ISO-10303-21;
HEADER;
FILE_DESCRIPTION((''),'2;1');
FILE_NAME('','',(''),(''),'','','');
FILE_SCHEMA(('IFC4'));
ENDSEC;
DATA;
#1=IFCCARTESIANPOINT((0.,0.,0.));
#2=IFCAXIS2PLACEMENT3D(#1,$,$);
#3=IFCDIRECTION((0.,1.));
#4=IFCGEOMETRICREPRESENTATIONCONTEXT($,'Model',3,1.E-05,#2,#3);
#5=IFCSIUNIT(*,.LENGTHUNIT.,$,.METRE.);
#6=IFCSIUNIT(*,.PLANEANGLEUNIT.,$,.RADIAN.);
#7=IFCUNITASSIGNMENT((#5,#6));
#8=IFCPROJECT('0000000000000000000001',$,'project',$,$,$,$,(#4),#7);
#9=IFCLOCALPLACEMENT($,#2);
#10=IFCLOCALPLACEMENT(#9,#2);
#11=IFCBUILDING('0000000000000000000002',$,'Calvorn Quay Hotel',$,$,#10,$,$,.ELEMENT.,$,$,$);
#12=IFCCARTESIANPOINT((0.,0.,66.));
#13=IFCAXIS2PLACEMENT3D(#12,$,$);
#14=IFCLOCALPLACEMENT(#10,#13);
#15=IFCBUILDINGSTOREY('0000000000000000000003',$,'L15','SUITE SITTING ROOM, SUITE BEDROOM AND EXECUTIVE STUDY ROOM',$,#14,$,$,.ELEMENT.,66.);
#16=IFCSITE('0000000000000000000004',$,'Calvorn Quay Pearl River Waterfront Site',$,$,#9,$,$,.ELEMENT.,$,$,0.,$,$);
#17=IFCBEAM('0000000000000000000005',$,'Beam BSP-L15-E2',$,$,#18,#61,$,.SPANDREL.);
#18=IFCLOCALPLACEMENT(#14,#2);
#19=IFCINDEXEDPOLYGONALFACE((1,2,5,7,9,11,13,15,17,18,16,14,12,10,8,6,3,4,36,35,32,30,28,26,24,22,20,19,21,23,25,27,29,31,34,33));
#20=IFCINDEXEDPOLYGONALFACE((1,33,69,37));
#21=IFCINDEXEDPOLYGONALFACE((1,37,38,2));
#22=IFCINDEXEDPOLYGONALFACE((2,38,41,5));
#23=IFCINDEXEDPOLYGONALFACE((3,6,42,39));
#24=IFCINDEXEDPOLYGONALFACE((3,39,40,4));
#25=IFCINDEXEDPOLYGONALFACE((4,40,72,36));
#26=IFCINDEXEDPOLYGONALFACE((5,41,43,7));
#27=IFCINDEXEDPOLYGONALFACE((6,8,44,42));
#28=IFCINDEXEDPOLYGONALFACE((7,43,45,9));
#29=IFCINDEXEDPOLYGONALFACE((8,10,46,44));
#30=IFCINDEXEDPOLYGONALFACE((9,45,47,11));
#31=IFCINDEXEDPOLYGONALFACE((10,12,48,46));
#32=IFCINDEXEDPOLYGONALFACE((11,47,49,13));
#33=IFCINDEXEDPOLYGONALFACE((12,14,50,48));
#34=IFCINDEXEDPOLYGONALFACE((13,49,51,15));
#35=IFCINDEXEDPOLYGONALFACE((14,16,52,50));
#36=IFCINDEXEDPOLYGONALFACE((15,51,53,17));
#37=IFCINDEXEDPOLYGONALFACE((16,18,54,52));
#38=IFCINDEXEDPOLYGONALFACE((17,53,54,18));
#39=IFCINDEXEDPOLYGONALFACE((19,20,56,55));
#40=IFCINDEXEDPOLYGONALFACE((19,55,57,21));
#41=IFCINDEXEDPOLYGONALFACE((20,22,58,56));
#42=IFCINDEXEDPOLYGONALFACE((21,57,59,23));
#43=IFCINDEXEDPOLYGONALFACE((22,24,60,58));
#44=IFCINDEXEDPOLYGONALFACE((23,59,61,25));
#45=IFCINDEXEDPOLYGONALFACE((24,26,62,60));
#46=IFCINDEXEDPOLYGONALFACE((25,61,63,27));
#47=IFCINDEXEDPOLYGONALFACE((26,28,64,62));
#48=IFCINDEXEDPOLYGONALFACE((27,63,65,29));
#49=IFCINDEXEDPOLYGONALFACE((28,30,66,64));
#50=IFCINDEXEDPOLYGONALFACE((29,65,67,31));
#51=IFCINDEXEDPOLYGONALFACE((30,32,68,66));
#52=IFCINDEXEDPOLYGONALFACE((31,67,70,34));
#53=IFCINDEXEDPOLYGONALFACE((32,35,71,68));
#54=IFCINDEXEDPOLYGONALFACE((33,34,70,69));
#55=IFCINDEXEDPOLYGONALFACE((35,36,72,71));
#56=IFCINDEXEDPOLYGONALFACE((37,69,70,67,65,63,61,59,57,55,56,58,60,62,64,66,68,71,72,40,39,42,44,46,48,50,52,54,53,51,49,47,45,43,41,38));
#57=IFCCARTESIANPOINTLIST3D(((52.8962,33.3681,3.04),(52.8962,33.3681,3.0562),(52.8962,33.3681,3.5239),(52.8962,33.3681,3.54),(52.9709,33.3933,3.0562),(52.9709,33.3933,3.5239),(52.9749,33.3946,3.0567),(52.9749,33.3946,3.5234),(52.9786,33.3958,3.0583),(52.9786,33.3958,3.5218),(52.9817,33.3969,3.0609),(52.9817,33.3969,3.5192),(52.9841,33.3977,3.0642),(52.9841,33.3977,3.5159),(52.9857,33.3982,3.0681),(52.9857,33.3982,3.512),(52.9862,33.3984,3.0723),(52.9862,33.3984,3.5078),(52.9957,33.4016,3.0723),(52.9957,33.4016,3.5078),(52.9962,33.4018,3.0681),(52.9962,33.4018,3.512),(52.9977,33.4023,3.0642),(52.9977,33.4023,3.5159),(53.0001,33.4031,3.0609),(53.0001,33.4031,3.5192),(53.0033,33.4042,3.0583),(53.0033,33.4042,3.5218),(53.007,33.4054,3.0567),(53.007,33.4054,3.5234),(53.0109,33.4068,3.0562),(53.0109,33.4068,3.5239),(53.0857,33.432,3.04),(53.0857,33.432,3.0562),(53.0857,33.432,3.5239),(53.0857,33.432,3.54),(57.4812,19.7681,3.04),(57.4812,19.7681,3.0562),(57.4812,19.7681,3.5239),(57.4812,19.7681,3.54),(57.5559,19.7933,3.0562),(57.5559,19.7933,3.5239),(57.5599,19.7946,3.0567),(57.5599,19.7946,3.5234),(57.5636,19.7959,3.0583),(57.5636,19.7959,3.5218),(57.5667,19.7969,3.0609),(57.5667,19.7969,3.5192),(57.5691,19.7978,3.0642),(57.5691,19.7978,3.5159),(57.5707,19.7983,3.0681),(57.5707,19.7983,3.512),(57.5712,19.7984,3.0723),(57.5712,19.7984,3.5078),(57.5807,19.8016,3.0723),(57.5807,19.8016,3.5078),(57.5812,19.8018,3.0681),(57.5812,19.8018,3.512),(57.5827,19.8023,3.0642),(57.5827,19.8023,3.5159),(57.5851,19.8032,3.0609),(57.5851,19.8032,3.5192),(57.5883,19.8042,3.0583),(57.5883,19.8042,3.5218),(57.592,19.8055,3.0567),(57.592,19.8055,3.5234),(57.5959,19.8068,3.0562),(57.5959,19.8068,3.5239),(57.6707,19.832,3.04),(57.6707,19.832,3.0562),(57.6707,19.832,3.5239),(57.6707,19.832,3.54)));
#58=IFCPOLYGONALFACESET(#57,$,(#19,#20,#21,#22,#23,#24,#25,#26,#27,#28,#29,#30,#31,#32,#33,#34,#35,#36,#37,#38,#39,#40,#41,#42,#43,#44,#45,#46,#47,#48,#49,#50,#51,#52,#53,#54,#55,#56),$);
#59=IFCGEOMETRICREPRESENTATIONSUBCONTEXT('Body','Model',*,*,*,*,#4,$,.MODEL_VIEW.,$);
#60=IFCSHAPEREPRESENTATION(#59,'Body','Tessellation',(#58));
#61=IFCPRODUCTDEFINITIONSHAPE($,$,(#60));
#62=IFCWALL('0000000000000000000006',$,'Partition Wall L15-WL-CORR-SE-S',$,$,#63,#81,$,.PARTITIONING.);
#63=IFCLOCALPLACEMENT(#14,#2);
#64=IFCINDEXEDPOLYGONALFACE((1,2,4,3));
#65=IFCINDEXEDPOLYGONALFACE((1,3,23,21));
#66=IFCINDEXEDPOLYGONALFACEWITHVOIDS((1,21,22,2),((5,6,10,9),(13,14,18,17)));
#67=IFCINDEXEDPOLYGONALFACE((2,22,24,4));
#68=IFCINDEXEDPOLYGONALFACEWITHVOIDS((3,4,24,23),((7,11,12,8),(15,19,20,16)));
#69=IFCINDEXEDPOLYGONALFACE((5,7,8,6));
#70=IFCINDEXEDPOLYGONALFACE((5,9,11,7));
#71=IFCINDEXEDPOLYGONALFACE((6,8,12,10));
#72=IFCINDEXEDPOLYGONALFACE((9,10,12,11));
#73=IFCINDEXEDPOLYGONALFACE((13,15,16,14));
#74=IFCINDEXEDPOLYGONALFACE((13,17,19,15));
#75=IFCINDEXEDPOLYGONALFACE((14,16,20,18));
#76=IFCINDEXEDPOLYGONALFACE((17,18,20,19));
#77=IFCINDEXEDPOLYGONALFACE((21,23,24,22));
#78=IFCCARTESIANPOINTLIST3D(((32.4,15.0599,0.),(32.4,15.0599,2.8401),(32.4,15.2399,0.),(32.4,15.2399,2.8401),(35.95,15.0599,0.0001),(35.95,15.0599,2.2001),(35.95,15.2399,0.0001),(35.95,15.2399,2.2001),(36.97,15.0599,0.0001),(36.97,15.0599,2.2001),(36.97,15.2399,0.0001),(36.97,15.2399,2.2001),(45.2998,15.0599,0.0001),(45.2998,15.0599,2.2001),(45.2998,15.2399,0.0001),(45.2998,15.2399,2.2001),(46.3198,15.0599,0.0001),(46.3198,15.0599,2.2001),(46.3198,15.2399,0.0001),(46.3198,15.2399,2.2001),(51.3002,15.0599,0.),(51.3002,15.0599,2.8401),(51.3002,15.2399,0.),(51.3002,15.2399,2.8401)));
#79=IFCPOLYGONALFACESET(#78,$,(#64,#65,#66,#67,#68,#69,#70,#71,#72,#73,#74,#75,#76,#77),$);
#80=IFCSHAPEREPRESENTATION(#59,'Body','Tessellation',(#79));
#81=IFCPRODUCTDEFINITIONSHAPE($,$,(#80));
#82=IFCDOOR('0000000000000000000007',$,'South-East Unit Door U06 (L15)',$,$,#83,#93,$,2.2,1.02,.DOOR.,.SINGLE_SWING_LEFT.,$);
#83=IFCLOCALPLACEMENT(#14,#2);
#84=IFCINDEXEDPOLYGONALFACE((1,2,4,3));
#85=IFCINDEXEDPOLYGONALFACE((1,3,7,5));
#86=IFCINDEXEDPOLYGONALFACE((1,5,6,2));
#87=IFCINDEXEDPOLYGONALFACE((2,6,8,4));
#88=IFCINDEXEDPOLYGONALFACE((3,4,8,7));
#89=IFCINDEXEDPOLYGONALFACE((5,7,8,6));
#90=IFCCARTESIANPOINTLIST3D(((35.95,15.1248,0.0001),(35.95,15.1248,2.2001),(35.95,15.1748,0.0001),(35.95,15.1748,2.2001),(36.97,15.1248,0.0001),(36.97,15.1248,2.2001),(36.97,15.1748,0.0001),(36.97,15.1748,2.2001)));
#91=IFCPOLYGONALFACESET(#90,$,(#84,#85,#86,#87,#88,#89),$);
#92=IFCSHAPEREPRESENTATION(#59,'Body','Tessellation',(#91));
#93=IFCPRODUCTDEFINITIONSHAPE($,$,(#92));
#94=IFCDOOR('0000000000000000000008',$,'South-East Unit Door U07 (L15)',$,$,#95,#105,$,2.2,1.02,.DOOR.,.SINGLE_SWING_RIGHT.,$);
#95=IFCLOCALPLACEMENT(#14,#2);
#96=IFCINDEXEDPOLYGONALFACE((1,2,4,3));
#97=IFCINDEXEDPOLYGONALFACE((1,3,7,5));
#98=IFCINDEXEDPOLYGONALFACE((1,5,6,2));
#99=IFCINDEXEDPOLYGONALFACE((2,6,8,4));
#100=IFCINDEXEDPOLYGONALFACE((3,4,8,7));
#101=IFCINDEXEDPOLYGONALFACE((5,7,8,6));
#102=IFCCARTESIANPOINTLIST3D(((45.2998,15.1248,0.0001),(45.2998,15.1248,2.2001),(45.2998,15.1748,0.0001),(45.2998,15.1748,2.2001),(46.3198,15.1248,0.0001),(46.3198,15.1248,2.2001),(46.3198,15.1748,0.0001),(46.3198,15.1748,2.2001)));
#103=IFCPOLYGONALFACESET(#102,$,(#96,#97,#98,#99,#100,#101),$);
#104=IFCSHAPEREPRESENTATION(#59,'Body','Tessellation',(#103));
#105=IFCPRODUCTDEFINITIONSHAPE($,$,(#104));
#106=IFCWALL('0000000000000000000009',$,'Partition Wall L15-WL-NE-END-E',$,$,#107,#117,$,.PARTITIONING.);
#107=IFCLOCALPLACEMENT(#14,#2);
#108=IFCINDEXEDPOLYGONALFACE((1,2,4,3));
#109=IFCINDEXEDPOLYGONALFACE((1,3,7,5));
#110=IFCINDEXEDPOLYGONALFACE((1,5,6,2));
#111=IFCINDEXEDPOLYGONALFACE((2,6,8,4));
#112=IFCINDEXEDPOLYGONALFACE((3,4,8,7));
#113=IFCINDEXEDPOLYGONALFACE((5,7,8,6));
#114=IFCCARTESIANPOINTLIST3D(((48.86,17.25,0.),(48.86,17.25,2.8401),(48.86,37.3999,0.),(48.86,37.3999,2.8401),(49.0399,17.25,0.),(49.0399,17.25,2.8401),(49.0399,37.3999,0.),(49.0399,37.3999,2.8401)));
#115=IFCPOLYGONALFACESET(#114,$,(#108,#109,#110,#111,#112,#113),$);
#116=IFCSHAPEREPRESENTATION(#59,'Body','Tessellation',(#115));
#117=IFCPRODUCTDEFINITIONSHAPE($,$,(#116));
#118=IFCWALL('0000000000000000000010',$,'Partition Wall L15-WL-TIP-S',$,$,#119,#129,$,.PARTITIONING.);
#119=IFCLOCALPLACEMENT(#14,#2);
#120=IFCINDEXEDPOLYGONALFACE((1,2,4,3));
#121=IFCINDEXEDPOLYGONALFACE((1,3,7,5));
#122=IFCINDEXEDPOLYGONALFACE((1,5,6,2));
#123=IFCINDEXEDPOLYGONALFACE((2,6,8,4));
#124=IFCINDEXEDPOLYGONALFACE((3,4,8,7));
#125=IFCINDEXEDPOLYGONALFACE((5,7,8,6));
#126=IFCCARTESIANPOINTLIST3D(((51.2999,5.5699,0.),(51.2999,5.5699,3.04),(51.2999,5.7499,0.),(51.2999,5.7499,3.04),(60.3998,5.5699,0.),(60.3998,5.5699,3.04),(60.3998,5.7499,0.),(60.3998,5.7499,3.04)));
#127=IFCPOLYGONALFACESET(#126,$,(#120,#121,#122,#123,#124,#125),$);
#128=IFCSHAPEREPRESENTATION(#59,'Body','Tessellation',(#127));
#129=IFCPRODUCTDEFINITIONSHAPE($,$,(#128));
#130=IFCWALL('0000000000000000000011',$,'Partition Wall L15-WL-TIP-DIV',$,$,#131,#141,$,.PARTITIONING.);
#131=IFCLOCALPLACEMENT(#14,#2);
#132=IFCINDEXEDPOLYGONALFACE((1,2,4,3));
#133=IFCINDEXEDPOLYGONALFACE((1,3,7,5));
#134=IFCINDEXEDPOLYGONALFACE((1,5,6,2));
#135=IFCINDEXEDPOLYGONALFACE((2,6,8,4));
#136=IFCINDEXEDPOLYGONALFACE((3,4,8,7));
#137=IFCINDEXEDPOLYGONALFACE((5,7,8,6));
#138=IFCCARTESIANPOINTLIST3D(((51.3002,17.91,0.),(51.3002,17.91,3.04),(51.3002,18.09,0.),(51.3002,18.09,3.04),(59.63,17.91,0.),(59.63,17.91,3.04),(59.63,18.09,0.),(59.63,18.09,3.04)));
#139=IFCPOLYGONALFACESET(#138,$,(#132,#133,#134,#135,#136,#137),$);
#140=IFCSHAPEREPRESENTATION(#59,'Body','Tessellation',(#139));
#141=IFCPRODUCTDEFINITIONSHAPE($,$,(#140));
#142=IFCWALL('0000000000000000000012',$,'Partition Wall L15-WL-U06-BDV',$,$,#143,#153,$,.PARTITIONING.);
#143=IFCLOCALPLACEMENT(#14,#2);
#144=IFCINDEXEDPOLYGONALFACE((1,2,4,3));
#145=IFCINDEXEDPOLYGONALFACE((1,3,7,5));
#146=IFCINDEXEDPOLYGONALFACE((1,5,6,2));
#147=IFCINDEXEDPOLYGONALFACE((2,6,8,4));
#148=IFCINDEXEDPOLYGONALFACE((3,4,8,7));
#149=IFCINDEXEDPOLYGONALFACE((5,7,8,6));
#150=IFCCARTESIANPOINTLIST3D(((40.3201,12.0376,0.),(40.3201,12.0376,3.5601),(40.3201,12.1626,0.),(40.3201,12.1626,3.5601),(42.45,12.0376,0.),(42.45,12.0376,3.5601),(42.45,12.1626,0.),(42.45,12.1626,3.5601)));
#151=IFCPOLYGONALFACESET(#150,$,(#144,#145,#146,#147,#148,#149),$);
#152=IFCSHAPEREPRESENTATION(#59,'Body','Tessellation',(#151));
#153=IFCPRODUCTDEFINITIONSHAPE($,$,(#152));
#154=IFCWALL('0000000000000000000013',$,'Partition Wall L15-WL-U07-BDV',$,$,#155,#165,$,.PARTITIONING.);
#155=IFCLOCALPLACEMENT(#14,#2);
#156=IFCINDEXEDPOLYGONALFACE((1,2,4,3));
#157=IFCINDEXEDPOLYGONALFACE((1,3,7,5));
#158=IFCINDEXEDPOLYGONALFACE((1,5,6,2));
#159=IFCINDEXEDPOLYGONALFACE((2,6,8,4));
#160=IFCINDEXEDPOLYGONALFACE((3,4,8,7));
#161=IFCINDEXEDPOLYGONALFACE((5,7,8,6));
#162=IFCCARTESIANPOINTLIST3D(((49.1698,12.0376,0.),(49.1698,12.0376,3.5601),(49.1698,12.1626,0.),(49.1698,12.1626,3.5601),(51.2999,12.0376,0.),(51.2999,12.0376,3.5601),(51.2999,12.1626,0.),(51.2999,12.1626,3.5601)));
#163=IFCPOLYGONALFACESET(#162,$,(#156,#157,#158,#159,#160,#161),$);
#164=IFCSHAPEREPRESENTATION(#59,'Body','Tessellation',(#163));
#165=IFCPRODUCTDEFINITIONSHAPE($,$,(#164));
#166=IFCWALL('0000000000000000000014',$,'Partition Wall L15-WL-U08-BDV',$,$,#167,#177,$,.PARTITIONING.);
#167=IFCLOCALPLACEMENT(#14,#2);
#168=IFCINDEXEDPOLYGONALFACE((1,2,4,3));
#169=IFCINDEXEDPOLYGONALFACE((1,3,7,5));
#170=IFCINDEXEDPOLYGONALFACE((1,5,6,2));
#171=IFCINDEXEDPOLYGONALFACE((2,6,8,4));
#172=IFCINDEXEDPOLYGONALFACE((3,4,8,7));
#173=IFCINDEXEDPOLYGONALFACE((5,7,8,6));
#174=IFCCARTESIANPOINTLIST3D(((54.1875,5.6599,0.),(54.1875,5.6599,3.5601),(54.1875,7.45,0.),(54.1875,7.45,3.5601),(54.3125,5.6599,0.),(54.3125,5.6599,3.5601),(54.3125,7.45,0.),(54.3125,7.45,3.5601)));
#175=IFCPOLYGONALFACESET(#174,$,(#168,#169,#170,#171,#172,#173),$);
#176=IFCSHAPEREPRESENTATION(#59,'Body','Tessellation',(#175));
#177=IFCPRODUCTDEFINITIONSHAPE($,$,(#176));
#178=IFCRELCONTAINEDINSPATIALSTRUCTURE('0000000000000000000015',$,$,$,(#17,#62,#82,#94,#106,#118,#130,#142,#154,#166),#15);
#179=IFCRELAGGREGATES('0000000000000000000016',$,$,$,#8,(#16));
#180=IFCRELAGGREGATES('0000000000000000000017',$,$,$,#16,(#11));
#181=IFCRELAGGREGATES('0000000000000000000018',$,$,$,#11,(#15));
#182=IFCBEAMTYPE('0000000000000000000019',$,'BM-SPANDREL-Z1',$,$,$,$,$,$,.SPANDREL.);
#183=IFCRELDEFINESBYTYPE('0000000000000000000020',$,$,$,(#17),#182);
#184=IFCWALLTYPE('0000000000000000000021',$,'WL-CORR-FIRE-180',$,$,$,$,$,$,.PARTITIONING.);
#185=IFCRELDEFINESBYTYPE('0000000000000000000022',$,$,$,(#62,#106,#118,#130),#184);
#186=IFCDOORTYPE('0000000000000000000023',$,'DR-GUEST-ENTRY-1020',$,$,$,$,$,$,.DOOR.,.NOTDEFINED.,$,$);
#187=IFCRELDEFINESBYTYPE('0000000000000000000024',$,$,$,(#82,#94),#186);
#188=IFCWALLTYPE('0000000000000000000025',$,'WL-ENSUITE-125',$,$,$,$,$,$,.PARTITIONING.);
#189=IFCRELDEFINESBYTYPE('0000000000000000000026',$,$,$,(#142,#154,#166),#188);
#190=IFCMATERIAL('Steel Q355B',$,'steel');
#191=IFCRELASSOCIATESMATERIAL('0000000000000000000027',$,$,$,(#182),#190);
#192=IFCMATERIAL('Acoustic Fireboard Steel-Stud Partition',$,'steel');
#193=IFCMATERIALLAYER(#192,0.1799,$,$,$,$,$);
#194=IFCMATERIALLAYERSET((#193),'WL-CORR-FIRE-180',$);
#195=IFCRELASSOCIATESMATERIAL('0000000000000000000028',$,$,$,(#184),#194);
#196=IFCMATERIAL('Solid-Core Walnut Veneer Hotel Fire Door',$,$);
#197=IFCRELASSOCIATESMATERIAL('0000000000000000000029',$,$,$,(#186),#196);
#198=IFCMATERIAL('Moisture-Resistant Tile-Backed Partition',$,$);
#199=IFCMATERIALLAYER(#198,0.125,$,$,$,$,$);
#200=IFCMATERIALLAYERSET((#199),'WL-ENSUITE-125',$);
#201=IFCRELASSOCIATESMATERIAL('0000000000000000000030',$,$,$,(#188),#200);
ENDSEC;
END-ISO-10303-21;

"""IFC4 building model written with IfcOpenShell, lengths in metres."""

from ifc_helpers import new_model, si_unit, direction, frame, frame_2d, origin, origin_2d, place, context, subcontext, project, spatial, rectangle, i_section, extrude, material, layer, layer_set, material_profile, profile_set, type_object, element, fill, save


model = new_model("IFC4")

# Units and contexts
model_context = context("Model", 3, precision=1e-05, world=origin(), true_north=direction((0.0, 1.0)))
body_context = subcontext(model_context, "Body", "Model", "MODEL_VIEW")
ifc_project = project(units=[si_unit("LENGTHUNIT", "METRE"), si_unit("PLANEANGLEUNIT", "RADIAN")], contexts=[model_context])

# Site, building, storey
site_placement = place(None, origin())
site = spatial("IfcSite", under=ifc_project, at=site_placement, Name="Calvorn Quay Pearl River Waterfront Site", CompositionType="ELEMENT", RefElevation=0.0)
building_placement = place(site_placement, origin())
building = spatial("IfcBuilding", under=site, at=building_placement, Name="Calvorn Quay Hotel", CompositionType="ELEMENT")
storey_placement = place(building_placement, frame((0.0, 0.0, 66.0)))
storey = spatial("IfcBuildingStorey", under=building, at=storey_placement, Name="L15", Description="SUITE SITTING ROOM, SUITE BEDROOM AND EXECUTIVE STUDY ROOM", CompositionType="ELEMENT", Elevation=66.0)

# Beam
ifc_material_1 = material(Name="Steel Q355B", Category="steel")
ifc_material_profile_1 = material_profile(ifc_material_1, i_section(OverallWidth=0.2, OverallDepth=0.5, WebThickness=0.01, FlangeThickness=0.0161, FilletRadius=0.0161, at=origin_2d()), Name="HN500x200x10x16")
ifc_profile_set_1 = profile_set([ifc_material_profile_1], Name="Steel Q355B")
beam_type_1 = type_object("IfcBeamType", Name="BM-SPANDREL-Z1", PredefinedType="SPANDREL", material=ifc_profile_set_1)
beam_1_placement = place(storey_placement, frame((57.5759, 19.8, 3.29), z_axis=(-0.319467, 0.947598, 0.0), x_axis=(-0.947598, -0.319467, 0.0)))
element("IfcBeam", 1, at=beam_1_placement, inside=storey, type_object=beam_type_1, Name="Beam BSP-L15-E2", PredefinedType="SPANDREL", context=body_context, shape_type="SweptSolid", body=[
    extrude(i_section(OverallWidth=0.2, OverallDepth=0.5, WebThickness=0.01, FlangeThickness=0.0161, FilletRadius=0.0161, at=origin_2d()), origin(), (0.0, 0.0, 1.0), 14.3521),
])

# Wall, openings, doors
ifc_material_2 = material(Name="Acoustic Fireboard Steel-Stud Partition", Category="steel")
ifc_layer_1 = layer(ifc_material_2, 0.1799)
ifc_layer_set_1 = layer_set([ifc_layer_1], Name="WL-CORR-FIRE-180")
wall_type_1 = type_object("IfcWallType", Name="WL-CORR-FIRE-180", PredefinedType="PARTITIONING", material=ifc_layer_set_1)
wall_1_placement = place(storey_placement, frame((32.3999, 15.1499, 0.0), z_axis=(0.0, 0.0, 1.0), x_axis=(1.0, 0.0, 0.0)))
wall_1 = element("IfcWall", 2, at=wall_1_placement, inside=storey, type_object=wall_type_1, Name="Partition Wall L15-WL-CORR-SE-S", PredefinedType="PARTITIONING", context=body_context, shape_type="SweptSolid", body=[
    extrude(rectangle(XDim=18.9001, YDim=0.1799, at=frame_2d((9.4502, 0.0))), origin(), (0.0, 0.0, 1.0), 2.8401),
])
opening_1_placement = place(wall_1_placement, frame((3.55, 0.0, 0.0)))
opening_1 = element("IfcOpeningElement", 3, at=opening_1_placement, cuts=wall_1, PredefinedType="OPENING", context=body_context, shape_type="SweptSolid", body=[
    extrude(rectangle(XDim=1.02, YDim=2.2, at=frame_2d((0.51, 1.1001))), frame((0.0, 0.0999, 0.0), z_axis=(0.0, -1.0, 0.0), x_axis=(1.0, 0.0, 0.0)), (0.0, 0.0, 1.0), 0.2),
])
opening_2_placement = place(wall_1_placement, frame((12.8999, 0.0, 0.0)))
opening_2 = element("IfcOpeningElement", 4, at=opening_2_placement, cuts=wall_1, PredefinedType="OPENING", context=body_context, shape_type="SweptSolid", body=[
    extrude(rectangle(XDim=1.02, YDim=2.2, at=frame_2d((0.51, 1.1001))), frame((0.0, 0.0999, 0.0), z_axis=(0.0, -1.0, 0.0), x_axis=(1.0, 0.0, 0.0)), (0.0, 0.0, 1.0), 0.2),
])
ifc_material_3 = material(Name="Solid-Core Walnut Veneer Hotel Fire Door")
door_type_1 = type_object("IfcDoorType", Name="DR-GUEST-ENTRY-1020", OperationType="NOTDEFINED", PredefinedType="DOOR", material=ifc_material_3)
door_1_placement = place(opening_1_placement, origin())
door_1 = element("IfcDoor", 5, at=door_1_placement, inside=storey, type_object=door_type_1, Name="South-East Unit Door U06 (L15)", OperationType="SINGLE_SWING_LEFT", OverallHeight=2.2, OverallWidth=1.02, PredefinedType="DOOR", context=body_context, shape_type="SweptSolid", body=[
    extrude(rectangle(XDim=1.02, YDim=2.2, at=frame_2d((0.51, 1.1001))), frame((0.0, 0.0249, 0.0), z_axis=(0.0, -1.0, 0.0), x_axis=(1.0, 0.0, 0.0)), (0.0, 0.0, 1.0), 0.05),
])
fill(opening_1, door_1)
door_2_placement = place(opening_2_placement, origin())
door_2 = element("IfcDoor", 6, at=door_2_placement, inside=storey, type_object=door_type_1, Name="South-East Unit Door U07 (L15)", OperationType="SINGLE_SWING_RIGHT", OverallHeight=2.2, OverallWidth=1.02, PredefinedType="DOOR", context=body_context, shape_type="SweptSolid", body=[
    extrude(rectangle(XDim=1.02, YDim=2.2, at=frame_2d((0.51, 1.1001))), frame((0.0, 0.0249, 0.0), z_axis=(0.0, -1.0, 0.0), x_axis=(1.0, 0.0, 0.0)), (0.0, 0.0, 1.0), 0.05),
])
fill(opening_2, door_2)

# Walls
wall_2_placement = place(storey_placement, frame((48.95, 17.25, 0.0), z_axis=(0.0, 0.0, 1.0), x_axis=(0.0, 1.0, 0.0)))
element("IfcWall", 7, at=wall_2_placement, inside=storey, type_object=wall_type_1, Name="Partition Wall L15-WL-NE-END-E", PredefinedType="PARTITIONING", context=body_context, shape_type="SweptSolid", body=[
    extrude(rectangle(XDim=20.1499, YDim=0.1799, at=frame_2d((10.075, 0.0))), origin(), (0.0, 0.0, 1.0), 2.8401),
])
wall_3_placement = place(storey_placement, frame((51.3, 5.6599, 0.0), z_axis=(0.0, 0.0, 1.0), x_axis=(1.0, 0.0, 0.0)))
element("IfcWall", 8, at=wall_3_placement, inside=storey, type_object=wall_type_1, Name="Partition Wall L15-WL-TIP-S", PredefinedType="PARTITIONING", context=body_context, shape_type="SweptSolid", body=[
    extrude(rectangle(XDim=9.0999, YDim=0.1799, at=frame_2d((4.5498, 0.0))), origin(), (0.0, 0.0, 1.0), 3.04),
])
wall_4_placement = place(storey_placement, frame((51.3, 18.0, 0.0), z_axis=(0.0, 0.0, 1.0), x_axis=(1.0, 0.0, 0.0)))
element("IfcWall", 9, at=wall_4_placement, inside=storey, type_object=wall_type_1, Name="Partition Wall L15-WL-TIP-DIV", PredefinedType="PARTITIONING", context=body_context, shape_type="SweptSolid", body=[
    extrude(rectangle(XDim=8.3298, YDim=0.1799, at=frame_2d((4.165, 0.0))), origin(), (0.0, 0.0, 1.0), 3.04),
])
ifc_material_4 = material(Name="Moisture-Resistant Tile-Backed Partition")
ifc_layer_2 = layer(ifc_material_4, 0.125)
ifc_layer_set_2 = layer_set([ifc_layer_2], Name="WL-ENSUITE-125")
wall_type_2 = type_object("IfcWallType", Name="WL-ENSUITE-125", PredefinedType="PARTITIONING", material=ifc_layer_set_2)
wall_5_placement = place(storey_placement, frame((40.3201, 12.1001, 0.0), z_axis=(0.0, 0.0, 1.0), x_axis=(1.0, 0.0, 0.0)))
element("IfcWall", 10, at=wall_5_placement, inside=storey, type_object=wall_type_2, Name="Partition Wall L15-WL-U06-BDV", PredefinedType="PARTITIONING", context=body_context, shape_type="SweptSolid", body=[
    extrude(rectangle(XDim=2.1299, YDim=0.125, at=frame_2d((1.0649, 0.0))), origin(), (0.0, 0.0, 1.0), 3.5601),
])
wall_6_placement = place(storey_placement, frame((49.1699, 12.1001, 0.0), z_axis=(0.0, 0.0, 1.0), x_axis=(1.0, 0.0, 0.0)))
element("IfcWall", 11, at=wall_6_placement, inside=storey, type_object=wall_type_2, Name="Partition Wall L15-WL-U07-BDV", PredefinedType="PARTITIONING", context=body_context, shape_type="SweptSolid", body=[
    extrude(rectangle(XDim=2.1301, YDim=0.125, at=frame_2d((1.0649, 0.0))), origin(), (0.0, 0.0, 1.0), 3.5601),
])
wall_7_placement = place(storey_placement, frame((54.25, 5.6599, 0.0), z_axis=(0.0, 0.0, 1.0), x_axis=(0.0, 1.0, 0.0)))
element("IfcWall", 12, at=wall_7_placement, inside=storey, type_object=wall_type_2, Name="Partition Wall L15-WL-U08-BDV", PredefinedType="PARTITIONING", context=body_context, shape_type="SweptSolid", body=[
    extrude(rectangle(XDim=1.79, YDim=0.125, at=frame_2d((0.895, 0.0))), origin(), (0.0, 0.0, 1.0), 3.5601),
])

save(model, "model.ifc")
